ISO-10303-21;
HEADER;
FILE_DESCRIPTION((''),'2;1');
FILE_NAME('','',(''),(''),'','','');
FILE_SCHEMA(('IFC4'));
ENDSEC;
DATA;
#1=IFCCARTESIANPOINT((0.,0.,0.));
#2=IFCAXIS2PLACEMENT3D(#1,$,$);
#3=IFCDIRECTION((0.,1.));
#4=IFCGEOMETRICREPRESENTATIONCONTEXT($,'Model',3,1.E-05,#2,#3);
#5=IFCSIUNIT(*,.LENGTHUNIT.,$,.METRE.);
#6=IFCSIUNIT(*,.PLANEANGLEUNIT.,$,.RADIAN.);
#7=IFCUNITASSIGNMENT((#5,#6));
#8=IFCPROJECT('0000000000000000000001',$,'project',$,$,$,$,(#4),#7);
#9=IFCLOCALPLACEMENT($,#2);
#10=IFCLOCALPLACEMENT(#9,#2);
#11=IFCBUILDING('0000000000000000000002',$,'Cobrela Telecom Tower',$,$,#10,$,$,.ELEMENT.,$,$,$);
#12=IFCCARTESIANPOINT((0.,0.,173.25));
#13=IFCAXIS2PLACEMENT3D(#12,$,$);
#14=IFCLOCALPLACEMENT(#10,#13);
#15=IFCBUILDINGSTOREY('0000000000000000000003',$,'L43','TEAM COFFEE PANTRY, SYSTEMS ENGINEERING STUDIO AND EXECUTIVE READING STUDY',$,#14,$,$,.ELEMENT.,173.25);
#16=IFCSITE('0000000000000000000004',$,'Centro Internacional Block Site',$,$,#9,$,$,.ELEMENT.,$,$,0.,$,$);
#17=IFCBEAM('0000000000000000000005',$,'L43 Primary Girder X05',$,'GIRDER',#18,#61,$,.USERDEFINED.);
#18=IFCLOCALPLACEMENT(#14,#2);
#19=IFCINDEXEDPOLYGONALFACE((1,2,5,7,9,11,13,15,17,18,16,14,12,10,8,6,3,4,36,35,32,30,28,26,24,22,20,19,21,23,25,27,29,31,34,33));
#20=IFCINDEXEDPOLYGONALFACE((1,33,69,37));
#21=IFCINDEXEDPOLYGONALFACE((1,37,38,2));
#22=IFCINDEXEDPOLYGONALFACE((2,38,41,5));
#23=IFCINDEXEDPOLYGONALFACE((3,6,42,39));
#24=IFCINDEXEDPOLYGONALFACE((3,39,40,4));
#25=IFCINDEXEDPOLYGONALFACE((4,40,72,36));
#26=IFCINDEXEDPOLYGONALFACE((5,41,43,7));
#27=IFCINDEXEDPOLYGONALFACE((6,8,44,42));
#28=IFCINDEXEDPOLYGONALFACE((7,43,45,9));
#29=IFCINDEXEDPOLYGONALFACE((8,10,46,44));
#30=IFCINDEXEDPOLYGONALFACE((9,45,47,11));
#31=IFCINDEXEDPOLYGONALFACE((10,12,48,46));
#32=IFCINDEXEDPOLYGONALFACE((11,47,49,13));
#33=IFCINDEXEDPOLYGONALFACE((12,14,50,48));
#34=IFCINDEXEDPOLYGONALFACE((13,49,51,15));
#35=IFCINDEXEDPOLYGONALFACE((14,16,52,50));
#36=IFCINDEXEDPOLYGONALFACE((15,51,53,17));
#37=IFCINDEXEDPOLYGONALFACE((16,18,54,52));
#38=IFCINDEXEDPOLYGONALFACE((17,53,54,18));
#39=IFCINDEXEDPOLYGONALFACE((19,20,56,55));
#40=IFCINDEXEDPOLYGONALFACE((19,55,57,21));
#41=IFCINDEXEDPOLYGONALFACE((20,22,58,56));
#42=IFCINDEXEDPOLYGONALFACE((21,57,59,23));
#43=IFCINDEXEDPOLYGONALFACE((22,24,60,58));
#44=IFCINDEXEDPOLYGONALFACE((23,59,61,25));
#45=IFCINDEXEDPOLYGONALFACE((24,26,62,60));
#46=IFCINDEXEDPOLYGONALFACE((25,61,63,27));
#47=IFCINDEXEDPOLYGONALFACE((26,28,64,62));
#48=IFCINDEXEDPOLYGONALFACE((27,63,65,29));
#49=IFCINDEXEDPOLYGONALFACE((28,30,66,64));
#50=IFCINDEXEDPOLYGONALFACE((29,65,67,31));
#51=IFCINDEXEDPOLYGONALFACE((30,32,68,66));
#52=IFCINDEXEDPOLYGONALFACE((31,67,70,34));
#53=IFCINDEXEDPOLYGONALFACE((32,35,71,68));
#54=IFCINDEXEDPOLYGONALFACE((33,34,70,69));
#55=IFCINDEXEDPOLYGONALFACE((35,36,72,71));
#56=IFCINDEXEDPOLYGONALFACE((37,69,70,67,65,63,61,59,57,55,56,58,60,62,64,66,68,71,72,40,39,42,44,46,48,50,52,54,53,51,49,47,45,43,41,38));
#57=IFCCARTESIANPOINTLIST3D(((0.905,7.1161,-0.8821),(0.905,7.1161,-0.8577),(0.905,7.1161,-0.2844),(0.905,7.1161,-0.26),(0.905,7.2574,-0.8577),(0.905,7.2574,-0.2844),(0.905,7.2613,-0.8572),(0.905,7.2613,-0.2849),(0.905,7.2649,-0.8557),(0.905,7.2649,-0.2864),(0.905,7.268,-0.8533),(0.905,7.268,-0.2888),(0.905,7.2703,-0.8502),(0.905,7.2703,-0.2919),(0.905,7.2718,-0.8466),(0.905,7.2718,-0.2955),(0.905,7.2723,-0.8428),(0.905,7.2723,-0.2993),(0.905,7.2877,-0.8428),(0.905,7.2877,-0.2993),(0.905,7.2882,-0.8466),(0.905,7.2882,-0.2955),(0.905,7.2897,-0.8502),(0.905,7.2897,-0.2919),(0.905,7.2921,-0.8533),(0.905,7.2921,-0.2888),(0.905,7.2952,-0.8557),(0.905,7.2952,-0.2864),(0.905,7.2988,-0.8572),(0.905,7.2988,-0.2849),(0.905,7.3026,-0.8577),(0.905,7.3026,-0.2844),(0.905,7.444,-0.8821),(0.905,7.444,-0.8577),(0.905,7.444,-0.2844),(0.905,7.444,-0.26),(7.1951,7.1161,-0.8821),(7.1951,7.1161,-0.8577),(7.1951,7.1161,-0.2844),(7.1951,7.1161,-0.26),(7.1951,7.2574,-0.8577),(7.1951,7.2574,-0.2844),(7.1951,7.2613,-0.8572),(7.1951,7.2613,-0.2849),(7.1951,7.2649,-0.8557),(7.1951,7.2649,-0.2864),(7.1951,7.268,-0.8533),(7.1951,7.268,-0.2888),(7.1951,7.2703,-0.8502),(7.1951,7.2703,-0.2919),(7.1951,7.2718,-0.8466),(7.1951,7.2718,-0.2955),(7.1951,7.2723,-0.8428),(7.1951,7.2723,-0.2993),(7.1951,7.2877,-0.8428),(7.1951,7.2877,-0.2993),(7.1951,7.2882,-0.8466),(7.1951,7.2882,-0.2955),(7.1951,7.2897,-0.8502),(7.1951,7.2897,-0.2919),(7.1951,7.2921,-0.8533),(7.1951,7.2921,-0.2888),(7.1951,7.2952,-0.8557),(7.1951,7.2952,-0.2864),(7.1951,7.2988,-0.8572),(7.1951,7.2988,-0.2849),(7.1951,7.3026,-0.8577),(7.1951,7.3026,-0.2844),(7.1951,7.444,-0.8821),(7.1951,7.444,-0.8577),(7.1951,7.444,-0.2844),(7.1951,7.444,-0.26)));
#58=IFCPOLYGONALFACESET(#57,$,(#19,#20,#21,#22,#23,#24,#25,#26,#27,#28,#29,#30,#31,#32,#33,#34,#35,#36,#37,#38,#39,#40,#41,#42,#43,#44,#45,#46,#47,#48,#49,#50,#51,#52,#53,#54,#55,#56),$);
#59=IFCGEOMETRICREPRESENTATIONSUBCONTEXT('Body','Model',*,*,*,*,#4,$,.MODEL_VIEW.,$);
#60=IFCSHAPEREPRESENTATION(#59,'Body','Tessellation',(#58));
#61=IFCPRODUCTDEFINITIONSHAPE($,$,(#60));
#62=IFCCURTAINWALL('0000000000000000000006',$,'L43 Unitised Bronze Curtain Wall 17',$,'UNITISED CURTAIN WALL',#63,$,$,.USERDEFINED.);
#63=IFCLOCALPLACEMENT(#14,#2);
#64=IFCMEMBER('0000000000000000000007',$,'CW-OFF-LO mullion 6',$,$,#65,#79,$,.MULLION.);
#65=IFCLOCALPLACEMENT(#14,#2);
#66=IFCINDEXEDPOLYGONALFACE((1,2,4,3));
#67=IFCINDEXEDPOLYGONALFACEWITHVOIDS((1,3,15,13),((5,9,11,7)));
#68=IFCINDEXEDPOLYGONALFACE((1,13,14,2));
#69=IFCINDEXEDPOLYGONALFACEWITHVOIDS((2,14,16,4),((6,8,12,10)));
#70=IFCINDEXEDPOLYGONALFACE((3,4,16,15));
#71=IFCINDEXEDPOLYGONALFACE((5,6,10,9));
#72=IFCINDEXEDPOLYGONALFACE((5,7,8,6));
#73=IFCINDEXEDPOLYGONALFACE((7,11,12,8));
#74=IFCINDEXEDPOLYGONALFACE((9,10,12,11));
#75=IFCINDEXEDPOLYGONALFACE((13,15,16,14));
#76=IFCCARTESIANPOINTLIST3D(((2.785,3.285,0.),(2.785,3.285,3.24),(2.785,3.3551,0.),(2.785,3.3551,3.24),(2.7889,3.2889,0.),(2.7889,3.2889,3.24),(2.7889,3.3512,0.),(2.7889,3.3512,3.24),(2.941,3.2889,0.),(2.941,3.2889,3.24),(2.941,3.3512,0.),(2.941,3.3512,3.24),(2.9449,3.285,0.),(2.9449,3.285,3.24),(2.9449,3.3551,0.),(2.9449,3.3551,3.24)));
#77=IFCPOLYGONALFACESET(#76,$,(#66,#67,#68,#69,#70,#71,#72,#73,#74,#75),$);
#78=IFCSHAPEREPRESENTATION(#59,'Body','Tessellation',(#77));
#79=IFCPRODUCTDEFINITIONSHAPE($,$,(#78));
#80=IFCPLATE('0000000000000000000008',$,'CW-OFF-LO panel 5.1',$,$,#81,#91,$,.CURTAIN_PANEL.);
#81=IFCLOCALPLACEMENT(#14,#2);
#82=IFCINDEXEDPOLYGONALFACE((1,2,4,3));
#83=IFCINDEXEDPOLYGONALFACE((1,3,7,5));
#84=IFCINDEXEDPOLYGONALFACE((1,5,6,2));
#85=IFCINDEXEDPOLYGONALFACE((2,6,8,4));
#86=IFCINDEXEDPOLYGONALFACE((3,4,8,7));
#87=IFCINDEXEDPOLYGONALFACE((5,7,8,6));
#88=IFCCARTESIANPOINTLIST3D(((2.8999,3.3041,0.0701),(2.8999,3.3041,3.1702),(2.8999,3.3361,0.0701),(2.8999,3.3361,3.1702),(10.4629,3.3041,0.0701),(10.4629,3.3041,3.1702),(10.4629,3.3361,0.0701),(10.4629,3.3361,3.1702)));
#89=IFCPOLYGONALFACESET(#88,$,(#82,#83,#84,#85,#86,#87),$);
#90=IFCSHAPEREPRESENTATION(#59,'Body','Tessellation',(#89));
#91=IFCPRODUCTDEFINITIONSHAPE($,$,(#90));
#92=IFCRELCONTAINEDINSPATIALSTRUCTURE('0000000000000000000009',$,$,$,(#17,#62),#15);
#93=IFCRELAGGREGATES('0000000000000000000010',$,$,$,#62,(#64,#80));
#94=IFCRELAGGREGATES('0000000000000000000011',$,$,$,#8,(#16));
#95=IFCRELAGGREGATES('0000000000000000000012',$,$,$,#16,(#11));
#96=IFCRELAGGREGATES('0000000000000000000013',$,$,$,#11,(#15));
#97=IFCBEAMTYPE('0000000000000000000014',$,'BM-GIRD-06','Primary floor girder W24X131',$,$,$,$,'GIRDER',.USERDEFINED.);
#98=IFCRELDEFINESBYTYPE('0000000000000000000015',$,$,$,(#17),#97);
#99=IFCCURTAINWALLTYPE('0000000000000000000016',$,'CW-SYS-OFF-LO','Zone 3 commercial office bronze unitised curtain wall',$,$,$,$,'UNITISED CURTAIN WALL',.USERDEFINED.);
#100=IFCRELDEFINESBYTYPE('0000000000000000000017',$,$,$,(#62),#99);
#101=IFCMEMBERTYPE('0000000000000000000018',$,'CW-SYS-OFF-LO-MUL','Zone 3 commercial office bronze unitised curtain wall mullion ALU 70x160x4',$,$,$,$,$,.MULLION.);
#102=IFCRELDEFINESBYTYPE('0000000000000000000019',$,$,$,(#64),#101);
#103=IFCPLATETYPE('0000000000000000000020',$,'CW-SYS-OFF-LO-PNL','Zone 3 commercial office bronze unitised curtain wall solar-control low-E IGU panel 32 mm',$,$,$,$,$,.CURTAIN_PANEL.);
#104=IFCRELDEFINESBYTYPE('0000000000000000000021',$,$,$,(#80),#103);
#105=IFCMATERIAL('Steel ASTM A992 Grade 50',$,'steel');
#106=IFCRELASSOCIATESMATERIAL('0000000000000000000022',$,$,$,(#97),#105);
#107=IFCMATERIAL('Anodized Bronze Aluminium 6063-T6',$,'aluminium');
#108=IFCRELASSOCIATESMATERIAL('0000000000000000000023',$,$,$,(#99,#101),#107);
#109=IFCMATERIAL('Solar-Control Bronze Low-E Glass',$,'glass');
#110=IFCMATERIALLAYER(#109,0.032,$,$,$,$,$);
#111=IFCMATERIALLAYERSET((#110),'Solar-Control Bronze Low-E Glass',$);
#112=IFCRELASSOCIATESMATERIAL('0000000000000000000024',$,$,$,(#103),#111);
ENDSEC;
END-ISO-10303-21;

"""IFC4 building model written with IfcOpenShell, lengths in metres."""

from ifc_helpers import new_model, si_unit, direction, frame, origin, origin_2d, place, context, subcontext, project, spatial, rectangle, hollow_rectangle, i_section, extrude, material, layer, layer_set, material_profile, profile_set, type_object, element, aggregate, save


model = new_model("IFC4")

# Units and contexts
model_context = context("Model", 3, precision=1e-05, world=origin(), true_north=direction((0.0, 1.0)))
body_context = subcontext(model_context, "Body", "Model", "MODEL_VIEW")
ifc_project = project(units=[si_unit("LENGTHUNIT", "METRE"), si_unit("PLANEANGLEUNIT", "RADIAN")], contexts=[model_context])

# Site, building, storey
site_placement = place(None, origin())
site = spatial("IfcSite", under=ifc_project, at=site_placement, Name="Centro Internacional Block Site", CompositionType="ELEMENT", RefElevation=0.0)
building_placement = place(site_placement, origin())
building = spatial("IfcBuilding", under=site, at=building_placement, Name="Cobrela Telecom Tower", CompositionType="ELEMENT")
storey_placement = place(building_placement, frame((0.0, 0.0, 173.25)))
storey = spatial("IfcBuildingStorey", under=building, at=storey_placement, Name="L43", Description="TEAM COFFEE PANTRY, SYSTEMS ENGINEERING STUDIO AND EXECUTIVE READING STUDY", CompositionType="ELEMENT", Elevation=173.25)

# Beam
ifc_material_1 = material(Name="Steel ASTM A992 Grade 50", Category="steel")
ifc_material_profile_1 = material_profile(ifc_material_1, i_section(OverallWidth=0.3279, OverallDepth=0.6221, WebThickness=0.0154, FlangeThickness=0.0244, FilletRadius=0.0149, at=origin_2d()), Name="W24X131")
ifc_profile_set_1 = profile_set([ifc_material_profile_1], Name="Steel ASTM A992 Grade 50")
beam_type = type_object("IfcBeamType", Name="BM-GIRD-06", Description="Primary floor girder W24X131", ElementType="GIRDER", PredefinedType="USERDEFINED", material=ifc_profile_set_1)
beam_placement = place(storey_placement, frame((0.905, 7.28, -0.571), z_axis=(1.0, 0.0, 0.0), x_axis=(0.0, 1.0, 0.0)))
element("IfcBeam", 1, at=beam_placement, inside=storey, type_object=beam_type, Name="L43 Primary Girder X05", ObjectType="GIRDER", PredefinedType="USERDEFINED", context=body_context, shape_type="SweptSolid", body=[
    extrude(i_section(OverallWidth=0.3279, OverallDepth=0.6221, WebThickness=0.0154, FlangeThickness=0.0244, FilletRadius=0.0149, at=origin_2d()), origin(), (0.0, 0.0, 1.0), 6.29),
])

# Curtain wall, member, plate
ifc_material_2 = material(Name="Anodized Bronze Aluminium 6063-T6", Category="aluminium")
curtain_wall_type = type_object("IfcCurtainWallType", Name="CW-SYS-OFF-LO", Description="Zone 3 commercial office bronze unitised curtain wall", ElementType="UNITISED CURTAIN WALL", PredefinedType="USERDEFINED", material=ifc_material_2)
curtain_wall_placement = place(storey_placement, origin())
curtain_wall = element("IfcCurtainWall", 2, at=curtain_wall_placement, inside=storey, type_object=curtain_wall_type, Name="L43 Unitised Bronze Curtain Wall 17", ObjectType="UNITISED CURTAIN WALL", PredefinedType="USERDEFINED")
ifc_material_profile_2 = material_profile(ifc_material_2, hollow_rectangle(XDim=0.0701, YDim=0.1599, WallThickness=0.0039, at=origin_2d()), Name="ALU 70x160x4")
ifc_profile_set_2 = profile_set([ifc_material_profile_2], Name="Anodized Bronze Aluminium 6063-T6")
member_type = type_object("IfcMemberType", Name="CW-SYS-OFF-LO-MUL", Description="Zone 3 commercial office bronze unitised curtain wall mullion ALU 70x160x4", PredefinedType="MULLION", material=ifc_profile_set_2)
member_placement = place(storey_placement, frame((2.865, 3.3201, 0.0), z_axis=(0.0, 0.0, 1.0), x_axis=(0.0, -1.0, 0.0)))
member = element("IfcMember", 3, at=member_placement, type_object=member_type, Name="CW-OFF-LO mullion 6", PredefinedType="MULLION", context=body_context, shape_type="SweptSolid", body=[
    extrude(hollow_rectangle(XDim=0.0701, YDim=0.1599, WallThickness=0.0039, at=origin_2d()), origin(), (0.0, 0.0, 1.0), 3.24),
])
ifc_material_3 = material(Name="Solar-Control Bronze Low-E Glass", Category="glass")
ifc_layer_1 = layer(ifc_material_3, 0.032)
ifc_layer_set_1 = layer_set([ifc_layer_1], Name="Solar-Control Bronze Low-E Glass")
plate_type = type_object("IfcPlateType", Name="CW-SYS-OFF-LO-PNL", Description="Zone 3 commercial office bronze unitised curtain wall solar-control low-E IGU panel 32 mm", PredefinedType="CURTAIN_PANEL", material=ifc_layer_set_1)
plate_placement = place(storey_placement, frame((6.6814, 3.3201, 0.0701), z_axis=(0.0, 0.0, 1.0), x_axis=(-1.0, 0.0, 0.0)))
plate = element("IfcPlate", 4, at=plate_placement, type_object=plate_type, Name="CW-OFF-LO panel 5.1", PredefinedType="CURTAIN_PANEL", context=body_context, shape_type="SweptSolid", body=[
    extrude(rectangle(XDim=7.563, YDim=0.032, at=origin_2d()), origin(), (0.0, 0.0, 1.0), 3.1001),
])
aggregate(curtain_wall, [member, plate])

save(model, "model.ifc")
